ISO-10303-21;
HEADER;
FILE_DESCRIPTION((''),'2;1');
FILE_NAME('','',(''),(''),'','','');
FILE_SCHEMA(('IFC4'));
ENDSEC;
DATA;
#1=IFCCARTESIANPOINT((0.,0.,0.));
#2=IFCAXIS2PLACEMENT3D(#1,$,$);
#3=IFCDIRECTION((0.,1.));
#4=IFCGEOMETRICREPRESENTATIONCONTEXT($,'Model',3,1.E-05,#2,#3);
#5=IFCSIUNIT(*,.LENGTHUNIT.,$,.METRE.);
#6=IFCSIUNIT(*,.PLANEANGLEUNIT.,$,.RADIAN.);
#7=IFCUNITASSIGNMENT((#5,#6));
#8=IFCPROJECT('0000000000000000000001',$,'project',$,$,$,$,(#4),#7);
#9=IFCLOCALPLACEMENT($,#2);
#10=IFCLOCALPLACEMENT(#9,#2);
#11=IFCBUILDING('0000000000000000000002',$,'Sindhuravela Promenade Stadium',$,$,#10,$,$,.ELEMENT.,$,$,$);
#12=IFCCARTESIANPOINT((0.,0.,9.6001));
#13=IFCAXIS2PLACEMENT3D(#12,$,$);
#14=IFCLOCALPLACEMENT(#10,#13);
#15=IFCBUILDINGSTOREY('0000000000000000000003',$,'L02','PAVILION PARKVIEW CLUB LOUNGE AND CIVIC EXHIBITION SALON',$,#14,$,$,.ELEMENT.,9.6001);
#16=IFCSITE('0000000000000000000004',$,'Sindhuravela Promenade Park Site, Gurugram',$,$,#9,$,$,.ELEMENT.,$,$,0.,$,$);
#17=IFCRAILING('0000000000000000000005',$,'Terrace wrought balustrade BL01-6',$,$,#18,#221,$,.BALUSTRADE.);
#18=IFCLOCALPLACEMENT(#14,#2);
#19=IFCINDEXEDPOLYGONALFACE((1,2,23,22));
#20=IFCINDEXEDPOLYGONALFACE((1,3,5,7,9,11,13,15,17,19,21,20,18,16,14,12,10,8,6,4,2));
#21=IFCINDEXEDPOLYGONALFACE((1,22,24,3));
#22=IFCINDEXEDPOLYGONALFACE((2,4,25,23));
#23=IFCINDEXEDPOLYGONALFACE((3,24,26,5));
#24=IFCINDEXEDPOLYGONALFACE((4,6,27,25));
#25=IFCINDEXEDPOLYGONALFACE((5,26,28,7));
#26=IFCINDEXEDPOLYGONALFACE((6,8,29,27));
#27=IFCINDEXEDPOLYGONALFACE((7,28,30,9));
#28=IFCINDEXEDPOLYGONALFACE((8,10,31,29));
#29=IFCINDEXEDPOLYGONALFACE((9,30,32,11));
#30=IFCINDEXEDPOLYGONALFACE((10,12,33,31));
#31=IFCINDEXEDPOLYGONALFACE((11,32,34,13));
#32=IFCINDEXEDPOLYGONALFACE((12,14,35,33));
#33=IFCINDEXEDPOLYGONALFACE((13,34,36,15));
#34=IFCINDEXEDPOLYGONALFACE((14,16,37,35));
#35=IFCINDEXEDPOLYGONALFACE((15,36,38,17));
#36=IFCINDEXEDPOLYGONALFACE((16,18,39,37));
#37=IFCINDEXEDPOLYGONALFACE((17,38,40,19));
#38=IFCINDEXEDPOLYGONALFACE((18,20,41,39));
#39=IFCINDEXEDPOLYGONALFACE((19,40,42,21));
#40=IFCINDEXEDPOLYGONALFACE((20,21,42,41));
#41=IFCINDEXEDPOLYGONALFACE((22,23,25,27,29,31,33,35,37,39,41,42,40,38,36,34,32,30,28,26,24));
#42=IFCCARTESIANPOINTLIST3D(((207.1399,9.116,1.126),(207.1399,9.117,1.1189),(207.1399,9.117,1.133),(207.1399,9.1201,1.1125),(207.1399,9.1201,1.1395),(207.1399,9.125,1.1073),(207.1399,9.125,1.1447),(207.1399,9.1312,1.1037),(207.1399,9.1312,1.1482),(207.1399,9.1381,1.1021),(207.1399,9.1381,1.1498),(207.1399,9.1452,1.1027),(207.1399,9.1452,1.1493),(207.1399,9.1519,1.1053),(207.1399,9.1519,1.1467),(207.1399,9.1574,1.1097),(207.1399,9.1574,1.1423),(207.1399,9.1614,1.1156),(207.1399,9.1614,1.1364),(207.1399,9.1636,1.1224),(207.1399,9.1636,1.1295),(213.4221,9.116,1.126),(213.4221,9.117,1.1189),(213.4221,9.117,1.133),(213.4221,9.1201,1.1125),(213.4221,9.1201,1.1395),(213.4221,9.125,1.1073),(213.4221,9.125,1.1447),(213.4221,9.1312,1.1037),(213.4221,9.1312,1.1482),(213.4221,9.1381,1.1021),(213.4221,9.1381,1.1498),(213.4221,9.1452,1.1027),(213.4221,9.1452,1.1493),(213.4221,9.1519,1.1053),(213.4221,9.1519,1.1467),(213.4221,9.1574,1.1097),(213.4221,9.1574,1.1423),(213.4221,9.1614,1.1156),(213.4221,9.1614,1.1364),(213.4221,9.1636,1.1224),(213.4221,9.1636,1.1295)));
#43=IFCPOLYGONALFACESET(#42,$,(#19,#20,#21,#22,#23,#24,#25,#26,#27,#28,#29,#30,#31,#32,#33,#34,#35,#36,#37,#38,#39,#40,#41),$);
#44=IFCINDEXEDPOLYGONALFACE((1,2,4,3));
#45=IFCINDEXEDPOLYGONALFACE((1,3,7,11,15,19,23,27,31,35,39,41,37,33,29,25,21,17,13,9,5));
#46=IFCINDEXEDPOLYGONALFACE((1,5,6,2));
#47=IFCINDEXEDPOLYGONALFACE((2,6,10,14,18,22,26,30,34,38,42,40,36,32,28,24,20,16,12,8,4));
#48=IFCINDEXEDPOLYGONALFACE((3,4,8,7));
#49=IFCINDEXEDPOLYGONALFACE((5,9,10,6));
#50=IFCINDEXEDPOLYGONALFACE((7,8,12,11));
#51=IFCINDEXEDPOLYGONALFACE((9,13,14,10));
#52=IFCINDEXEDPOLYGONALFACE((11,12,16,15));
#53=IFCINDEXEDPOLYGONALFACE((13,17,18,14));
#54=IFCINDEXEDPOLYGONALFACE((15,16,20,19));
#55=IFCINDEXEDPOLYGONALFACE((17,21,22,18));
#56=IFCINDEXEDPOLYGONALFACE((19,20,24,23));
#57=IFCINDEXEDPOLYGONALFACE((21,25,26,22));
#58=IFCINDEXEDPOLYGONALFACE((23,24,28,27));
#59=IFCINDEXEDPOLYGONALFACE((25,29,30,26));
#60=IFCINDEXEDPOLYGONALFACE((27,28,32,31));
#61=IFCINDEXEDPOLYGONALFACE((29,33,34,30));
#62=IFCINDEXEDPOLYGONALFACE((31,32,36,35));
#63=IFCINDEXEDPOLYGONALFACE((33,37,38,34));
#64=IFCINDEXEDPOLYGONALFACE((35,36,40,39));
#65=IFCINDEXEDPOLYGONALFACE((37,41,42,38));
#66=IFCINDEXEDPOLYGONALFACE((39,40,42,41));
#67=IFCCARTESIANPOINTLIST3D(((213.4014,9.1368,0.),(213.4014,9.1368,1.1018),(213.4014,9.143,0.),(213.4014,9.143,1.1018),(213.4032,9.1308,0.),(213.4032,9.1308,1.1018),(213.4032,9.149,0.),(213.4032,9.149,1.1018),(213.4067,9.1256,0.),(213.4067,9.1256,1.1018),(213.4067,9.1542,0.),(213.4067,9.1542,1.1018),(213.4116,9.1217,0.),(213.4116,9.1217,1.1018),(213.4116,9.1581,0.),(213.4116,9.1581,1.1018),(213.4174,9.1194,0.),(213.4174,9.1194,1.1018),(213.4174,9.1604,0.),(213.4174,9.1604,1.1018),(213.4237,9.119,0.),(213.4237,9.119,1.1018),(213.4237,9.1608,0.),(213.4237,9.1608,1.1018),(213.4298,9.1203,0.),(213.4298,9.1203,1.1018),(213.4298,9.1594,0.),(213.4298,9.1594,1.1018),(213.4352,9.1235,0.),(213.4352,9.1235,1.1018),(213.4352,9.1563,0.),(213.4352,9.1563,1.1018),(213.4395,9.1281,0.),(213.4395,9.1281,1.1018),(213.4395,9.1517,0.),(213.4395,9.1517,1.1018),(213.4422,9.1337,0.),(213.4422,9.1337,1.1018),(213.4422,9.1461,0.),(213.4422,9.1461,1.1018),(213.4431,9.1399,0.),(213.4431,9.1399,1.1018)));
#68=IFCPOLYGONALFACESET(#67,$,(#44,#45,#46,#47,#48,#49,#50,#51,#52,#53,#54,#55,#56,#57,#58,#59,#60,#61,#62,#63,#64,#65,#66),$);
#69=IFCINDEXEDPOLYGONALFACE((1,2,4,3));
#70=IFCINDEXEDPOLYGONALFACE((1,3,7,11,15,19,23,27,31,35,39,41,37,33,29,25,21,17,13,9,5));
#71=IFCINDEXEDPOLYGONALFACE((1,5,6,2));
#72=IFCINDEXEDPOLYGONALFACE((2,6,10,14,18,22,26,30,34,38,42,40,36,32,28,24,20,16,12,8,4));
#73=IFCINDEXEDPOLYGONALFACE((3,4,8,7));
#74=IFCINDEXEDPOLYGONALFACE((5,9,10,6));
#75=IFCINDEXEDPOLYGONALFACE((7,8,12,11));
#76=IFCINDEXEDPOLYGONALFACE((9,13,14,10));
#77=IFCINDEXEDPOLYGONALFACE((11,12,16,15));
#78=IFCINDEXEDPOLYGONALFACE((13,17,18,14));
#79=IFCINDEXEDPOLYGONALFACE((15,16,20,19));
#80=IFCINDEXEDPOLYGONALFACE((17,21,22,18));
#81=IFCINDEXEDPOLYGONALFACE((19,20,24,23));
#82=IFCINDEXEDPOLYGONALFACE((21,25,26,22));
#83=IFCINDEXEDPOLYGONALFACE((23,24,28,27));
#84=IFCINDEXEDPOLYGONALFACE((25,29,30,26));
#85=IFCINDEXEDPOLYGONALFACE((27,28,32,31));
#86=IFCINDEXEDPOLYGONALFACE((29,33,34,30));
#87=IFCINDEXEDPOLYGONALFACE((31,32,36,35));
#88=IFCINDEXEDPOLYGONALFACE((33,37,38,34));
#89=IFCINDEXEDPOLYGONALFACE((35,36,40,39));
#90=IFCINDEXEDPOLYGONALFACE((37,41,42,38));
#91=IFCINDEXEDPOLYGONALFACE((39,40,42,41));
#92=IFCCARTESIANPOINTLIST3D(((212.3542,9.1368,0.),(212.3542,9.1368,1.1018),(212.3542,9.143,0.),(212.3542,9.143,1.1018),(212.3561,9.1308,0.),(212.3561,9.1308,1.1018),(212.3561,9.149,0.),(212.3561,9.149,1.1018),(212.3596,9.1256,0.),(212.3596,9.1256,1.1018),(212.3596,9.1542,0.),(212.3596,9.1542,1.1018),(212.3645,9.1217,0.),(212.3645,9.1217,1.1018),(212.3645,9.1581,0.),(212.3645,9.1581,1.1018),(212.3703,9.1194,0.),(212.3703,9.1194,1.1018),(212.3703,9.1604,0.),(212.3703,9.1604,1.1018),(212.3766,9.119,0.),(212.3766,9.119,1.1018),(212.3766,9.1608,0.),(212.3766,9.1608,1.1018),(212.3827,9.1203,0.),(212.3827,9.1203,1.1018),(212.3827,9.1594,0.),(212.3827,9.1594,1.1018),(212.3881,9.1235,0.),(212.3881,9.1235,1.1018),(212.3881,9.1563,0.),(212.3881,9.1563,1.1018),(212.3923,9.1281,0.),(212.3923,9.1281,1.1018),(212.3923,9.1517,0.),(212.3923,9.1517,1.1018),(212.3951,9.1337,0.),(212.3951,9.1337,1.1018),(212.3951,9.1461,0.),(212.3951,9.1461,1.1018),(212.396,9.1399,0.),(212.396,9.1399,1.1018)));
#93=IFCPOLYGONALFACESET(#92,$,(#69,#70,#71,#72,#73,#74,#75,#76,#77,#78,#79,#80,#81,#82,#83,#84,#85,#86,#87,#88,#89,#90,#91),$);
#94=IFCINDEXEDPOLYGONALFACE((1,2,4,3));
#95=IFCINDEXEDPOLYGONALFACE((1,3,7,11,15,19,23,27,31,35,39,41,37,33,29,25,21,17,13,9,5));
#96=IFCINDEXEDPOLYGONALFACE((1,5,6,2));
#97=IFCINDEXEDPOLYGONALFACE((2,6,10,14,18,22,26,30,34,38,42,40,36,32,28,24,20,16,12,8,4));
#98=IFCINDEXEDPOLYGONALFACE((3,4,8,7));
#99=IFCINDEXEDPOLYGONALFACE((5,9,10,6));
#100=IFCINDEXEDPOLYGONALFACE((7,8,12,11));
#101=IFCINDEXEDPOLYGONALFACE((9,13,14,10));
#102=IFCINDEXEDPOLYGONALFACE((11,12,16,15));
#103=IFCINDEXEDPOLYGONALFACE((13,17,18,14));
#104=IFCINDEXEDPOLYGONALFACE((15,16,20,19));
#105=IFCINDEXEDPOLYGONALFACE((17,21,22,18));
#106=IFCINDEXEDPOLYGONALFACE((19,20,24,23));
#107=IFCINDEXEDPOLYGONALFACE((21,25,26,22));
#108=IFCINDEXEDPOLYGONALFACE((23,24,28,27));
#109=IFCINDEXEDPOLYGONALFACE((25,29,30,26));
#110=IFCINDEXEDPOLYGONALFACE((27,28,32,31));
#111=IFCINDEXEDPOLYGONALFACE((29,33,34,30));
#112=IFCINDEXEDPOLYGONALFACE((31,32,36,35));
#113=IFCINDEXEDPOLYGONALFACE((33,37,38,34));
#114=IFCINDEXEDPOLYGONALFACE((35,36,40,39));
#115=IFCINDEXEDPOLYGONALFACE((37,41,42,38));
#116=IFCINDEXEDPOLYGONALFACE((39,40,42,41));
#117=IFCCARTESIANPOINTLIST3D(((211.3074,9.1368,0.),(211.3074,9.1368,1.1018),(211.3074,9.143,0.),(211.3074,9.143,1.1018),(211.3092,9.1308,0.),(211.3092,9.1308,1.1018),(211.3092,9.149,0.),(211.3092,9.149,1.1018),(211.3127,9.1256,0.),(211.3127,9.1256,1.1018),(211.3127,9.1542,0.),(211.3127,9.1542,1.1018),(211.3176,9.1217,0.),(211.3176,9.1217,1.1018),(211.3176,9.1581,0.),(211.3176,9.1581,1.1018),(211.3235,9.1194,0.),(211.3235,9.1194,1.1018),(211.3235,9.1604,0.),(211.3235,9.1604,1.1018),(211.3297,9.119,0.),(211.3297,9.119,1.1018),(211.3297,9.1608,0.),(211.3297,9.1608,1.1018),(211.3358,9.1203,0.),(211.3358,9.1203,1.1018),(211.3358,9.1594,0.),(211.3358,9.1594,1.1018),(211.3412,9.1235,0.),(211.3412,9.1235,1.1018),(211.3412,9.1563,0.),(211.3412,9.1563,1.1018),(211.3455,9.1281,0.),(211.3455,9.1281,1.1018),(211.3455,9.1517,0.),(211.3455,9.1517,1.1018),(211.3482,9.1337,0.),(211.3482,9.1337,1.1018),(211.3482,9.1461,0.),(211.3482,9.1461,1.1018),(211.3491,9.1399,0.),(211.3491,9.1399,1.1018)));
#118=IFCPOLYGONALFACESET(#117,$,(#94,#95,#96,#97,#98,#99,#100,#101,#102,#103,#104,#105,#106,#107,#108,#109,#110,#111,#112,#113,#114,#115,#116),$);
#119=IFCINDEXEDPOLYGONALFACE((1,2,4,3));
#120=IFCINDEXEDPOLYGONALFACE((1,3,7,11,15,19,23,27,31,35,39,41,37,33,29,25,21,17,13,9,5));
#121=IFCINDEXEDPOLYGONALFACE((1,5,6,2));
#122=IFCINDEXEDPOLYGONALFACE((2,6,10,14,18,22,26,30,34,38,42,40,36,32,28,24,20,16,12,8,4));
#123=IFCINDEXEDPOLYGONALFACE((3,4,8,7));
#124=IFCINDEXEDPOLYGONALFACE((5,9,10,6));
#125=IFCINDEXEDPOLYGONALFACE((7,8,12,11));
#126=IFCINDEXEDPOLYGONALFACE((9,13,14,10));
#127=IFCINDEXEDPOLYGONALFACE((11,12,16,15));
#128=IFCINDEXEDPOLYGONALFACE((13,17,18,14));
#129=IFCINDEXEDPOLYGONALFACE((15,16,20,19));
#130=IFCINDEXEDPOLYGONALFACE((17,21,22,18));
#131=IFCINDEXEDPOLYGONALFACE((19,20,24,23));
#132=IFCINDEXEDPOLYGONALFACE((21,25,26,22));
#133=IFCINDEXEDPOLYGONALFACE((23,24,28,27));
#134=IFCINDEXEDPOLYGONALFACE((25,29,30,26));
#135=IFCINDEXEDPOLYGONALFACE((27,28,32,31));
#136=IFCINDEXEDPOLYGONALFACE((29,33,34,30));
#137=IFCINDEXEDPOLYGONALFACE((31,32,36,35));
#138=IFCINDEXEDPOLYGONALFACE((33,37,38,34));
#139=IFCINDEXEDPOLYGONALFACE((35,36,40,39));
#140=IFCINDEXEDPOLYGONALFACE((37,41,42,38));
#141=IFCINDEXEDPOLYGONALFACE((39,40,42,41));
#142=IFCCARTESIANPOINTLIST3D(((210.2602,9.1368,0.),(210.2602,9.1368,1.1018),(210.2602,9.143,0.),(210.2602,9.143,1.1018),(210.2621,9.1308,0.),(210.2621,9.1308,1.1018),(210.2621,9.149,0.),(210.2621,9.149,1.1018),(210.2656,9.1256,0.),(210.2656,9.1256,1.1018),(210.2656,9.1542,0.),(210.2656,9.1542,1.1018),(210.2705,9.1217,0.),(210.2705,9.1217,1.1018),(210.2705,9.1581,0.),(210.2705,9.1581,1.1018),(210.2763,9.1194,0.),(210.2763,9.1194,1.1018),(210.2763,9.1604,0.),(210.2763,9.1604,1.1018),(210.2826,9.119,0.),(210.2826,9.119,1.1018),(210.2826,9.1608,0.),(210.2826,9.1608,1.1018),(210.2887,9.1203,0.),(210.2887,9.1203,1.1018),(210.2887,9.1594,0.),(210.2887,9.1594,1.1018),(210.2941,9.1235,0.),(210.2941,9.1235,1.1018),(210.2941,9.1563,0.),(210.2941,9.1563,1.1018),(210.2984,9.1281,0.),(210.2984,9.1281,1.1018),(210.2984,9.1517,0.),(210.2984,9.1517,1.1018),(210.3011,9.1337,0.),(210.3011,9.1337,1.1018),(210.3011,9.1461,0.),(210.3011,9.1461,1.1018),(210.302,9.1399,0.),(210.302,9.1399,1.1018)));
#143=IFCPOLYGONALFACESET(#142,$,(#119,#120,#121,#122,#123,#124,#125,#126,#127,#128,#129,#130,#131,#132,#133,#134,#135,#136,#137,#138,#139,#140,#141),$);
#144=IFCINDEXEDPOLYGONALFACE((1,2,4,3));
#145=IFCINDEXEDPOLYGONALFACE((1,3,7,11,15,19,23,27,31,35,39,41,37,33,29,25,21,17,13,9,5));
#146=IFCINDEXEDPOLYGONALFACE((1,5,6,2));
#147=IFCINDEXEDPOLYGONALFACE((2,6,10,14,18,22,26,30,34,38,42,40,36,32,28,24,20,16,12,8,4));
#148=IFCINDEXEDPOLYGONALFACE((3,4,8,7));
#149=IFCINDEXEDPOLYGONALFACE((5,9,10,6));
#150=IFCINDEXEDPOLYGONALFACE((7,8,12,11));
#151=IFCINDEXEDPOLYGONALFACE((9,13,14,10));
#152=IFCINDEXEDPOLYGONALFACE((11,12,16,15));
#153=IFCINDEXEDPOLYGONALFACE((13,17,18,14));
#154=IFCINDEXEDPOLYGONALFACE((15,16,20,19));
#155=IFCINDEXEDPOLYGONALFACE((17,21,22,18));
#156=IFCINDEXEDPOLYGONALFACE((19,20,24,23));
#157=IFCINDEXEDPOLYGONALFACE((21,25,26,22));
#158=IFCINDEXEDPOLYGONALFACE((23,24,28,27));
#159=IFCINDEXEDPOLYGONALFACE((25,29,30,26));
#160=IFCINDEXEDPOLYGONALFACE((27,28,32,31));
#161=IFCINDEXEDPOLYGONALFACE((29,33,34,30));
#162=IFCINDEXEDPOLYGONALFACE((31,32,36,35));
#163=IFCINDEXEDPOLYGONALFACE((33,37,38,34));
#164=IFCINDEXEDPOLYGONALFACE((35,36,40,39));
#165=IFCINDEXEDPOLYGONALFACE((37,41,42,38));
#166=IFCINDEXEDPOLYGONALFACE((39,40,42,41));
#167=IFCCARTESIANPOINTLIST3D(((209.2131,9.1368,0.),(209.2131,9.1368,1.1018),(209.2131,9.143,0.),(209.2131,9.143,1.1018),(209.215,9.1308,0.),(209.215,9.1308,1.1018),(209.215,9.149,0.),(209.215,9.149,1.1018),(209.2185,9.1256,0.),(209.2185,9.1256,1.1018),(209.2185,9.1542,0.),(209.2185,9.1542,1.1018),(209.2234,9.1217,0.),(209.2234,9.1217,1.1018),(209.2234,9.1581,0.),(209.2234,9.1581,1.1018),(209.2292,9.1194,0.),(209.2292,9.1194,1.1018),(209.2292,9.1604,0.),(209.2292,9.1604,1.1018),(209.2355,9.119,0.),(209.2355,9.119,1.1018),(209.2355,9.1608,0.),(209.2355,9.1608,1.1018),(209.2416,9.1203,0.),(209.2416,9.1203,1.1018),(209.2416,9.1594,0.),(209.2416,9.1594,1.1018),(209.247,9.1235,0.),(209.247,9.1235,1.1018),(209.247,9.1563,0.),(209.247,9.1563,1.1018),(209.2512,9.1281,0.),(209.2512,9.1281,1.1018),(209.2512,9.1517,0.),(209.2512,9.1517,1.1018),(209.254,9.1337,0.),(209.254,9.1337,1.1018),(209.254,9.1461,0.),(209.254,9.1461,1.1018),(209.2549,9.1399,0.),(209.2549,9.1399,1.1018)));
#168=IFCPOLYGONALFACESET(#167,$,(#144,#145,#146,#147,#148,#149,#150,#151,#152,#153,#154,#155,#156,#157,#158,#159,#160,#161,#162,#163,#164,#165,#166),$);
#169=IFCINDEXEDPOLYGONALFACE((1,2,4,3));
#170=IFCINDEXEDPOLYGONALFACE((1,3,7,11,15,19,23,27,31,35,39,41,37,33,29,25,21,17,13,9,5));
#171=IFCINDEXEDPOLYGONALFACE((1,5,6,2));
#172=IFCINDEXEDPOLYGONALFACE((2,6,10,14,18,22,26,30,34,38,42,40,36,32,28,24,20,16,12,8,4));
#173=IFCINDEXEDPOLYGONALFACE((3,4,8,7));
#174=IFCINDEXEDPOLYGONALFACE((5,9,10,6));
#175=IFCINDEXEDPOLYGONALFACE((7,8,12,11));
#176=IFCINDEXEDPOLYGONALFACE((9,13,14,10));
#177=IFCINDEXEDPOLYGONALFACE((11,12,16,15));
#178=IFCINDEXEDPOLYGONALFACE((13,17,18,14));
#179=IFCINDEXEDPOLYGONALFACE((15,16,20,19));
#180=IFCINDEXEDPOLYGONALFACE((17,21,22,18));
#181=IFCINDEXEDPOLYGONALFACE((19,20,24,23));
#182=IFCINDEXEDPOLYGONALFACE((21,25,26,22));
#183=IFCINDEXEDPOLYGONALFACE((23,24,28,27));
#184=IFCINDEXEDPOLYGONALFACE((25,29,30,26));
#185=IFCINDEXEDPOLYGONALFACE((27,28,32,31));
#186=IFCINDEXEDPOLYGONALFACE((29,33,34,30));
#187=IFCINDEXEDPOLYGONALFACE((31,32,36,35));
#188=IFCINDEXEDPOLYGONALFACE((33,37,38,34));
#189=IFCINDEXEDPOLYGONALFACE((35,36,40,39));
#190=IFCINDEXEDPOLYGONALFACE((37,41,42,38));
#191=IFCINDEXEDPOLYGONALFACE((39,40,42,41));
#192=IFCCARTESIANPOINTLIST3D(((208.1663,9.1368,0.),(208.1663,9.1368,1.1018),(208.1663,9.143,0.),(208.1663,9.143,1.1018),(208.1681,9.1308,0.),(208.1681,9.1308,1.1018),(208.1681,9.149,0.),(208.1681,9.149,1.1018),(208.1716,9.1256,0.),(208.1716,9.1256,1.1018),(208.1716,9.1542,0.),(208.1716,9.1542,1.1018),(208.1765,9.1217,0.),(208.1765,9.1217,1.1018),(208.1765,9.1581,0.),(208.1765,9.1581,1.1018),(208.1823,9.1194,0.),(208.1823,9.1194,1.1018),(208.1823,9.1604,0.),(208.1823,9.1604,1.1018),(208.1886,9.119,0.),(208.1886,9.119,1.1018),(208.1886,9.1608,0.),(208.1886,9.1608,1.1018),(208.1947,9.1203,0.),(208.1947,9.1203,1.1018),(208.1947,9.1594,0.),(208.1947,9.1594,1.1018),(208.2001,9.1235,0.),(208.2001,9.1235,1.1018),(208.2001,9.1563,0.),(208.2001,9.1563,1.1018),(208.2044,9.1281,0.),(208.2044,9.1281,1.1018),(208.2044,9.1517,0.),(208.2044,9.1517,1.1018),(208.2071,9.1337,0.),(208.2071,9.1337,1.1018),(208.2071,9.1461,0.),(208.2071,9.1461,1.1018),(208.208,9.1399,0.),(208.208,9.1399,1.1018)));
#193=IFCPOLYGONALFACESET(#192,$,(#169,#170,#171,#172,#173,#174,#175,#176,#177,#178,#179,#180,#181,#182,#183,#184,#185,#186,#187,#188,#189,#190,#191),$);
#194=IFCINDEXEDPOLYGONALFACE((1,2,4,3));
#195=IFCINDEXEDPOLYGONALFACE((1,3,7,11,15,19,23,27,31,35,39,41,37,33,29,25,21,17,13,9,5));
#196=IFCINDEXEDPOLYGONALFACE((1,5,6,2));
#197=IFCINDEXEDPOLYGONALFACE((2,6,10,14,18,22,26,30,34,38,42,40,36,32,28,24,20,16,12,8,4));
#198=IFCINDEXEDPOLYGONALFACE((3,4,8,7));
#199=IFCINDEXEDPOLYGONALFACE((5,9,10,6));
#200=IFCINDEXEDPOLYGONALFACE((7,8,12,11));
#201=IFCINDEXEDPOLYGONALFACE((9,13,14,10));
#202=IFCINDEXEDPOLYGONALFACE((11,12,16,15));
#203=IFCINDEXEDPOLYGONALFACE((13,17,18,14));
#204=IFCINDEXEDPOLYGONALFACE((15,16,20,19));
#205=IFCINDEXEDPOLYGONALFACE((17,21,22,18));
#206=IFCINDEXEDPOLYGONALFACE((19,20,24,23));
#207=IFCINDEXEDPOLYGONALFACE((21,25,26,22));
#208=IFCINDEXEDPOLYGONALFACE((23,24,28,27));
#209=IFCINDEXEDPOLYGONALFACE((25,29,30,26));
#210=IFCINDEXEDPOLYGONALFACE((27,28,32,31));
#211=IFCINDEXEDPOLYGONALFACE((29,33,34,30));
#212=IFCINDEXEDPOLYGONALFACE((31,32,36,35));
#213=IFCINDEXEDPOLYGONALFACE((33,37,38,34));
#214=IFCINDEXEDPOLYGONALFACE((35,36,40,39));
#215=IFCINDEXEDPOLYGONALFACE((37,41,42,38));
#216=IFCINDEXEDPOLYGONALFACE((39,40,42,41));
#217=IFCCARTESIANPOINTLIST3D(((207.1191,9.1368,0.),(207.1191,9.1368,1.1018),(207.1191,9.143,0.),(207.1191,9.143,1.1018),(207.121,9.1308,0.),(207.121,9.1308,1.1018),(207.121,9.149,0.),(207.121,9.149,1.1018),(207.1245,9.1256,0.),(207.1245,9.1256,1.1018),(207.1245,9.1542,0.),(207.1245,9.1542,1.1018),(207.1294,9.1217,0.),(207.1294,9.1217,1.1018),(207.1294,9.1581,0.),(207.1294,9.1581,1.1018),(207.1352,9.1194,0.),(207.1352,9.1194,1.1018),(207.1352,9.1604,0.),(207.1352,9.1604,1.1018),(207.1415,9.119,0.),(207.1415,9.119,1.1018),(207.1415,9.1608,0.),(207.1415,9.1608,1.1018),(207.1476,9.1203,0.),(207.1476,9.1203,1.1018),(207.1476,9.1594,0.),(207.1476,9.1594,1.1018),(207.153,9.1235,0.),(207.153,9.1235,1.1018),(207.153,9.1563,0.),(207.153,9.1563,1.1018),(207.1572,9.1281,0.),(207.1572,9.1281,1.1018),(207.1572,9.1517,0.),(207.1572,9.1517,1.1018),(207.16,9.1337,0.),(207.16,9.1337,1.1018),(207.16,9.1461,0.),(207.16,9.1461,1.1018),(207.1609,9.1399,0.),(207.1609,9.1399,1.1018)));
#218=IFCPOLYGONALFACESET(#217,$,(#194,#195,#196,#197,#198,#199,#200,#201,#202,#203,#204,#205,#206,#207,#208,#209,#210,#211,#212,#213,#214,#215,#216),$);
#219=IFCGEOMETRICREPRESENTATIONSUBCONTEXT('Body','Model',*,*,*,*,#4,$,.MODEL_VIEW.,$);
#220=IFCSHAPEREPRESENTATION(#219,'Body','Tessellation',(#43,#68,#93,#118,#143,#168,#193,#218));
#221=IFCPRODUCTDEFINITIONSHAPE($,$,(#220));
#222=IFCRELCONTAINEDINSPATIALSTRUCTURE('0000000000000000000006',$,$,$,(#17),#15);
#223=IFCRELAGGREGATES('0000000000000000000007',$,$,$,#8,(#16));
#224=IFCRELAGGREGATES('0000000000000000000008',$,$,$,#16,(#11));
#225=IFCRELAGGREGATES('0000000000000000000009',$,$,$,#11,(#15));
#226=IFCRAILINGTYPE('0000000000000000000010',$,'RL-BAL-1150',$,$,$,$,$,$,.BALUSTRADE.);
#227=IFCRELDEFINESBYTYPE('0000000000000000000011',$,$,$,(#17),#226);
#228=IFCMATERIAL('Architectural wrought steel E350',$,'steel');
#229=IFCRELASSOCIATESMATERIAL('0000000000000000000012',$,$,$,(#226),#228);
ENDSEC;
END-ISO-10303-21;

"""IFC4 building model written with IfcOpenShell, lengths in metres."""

from ifc_helpers import new_model, si_unit, direction, frame, origin, origin_2d, place, context, subcontext, project, spatial, circle, extrude, material, type_object, element, save


model = new_model("IFC4")

# Units and contexts
model_context = context("Model", 3, precision=1e-05, world=origin(), true_north=direction((0.0, 1.0)))
body_context = subcontext(model_context, "Body", "Model", "MODEL_VIEW")
ifc_project = project(units=[si_unit("LENGTHUNIT", "METRE"), si_unit("PLANEANGLEUNIT", "RADIAN")], contexts=[model_context])

# Site, building, storey
site_placement = place(None, origin())
site = spatial("IfcSite", under=ifc_project, at=site_placement, Name="Sindhuravela Promenade Park Site, Gurugram", CompositionType="ELEMENT", RefElevation=0.0)
building_placement = place(site_placement, origin())
building = spatial("IfcBuilding", under=site, at=building_placement, Name="Sindhuravela Promenade Stadium", CompositionType="ELEMENT")
storey_placement = place(building_placement, frame((0.0, 0.0, 9.6001)))
storey = spatial("IfcBuildingStorey", under=building, at=storey_placement, Name="L02", Description="PAVILION PARKVIEW CLUB LOUNGE AND CIVIC EXHIBITION SALON", CompositionType="ELEMENT", Elevation=9.6001)

# Railing
ifc_material_1 = material(Name="Architectural wrought steel E350", Category="steel")
railing_type = type_object("IfcRailingType", Name="RL-BAL-1150", PredefinedType="BALUSTRADE", material=ifc_material_1)
railing_1_placement = place(storey_placement, frame((213.4221, 9.1399, 0.0)))
element("IfcRailing", 1, at=railing_1_placement, inside=storey, type_object=railing_type, Name="Terrace wrought balustrade BL01-6", PredefinedType="BALUSTRADE", context=body_context, shape_type="SweptSolid", body=[
    extrude(circle(Radius=0.0239, at=origin_2d()), frame((0.0, 0.0, 1.126), z_axis=(-1.0, 0.0, 0.0), x_axis=(0.0, -1.0, 0.0)), (0.0, 0.0, 1.0), 6.2822),
    extrude(circle(Radius=0.021, at=origin_2d()), origin(), (0.0, 0.0, 1.0), 1.1018),
    extrude(circle(Radius=0.021, at=origin_2d()), frame((-1.0471, 0.0, 0.0)), (0.0, 0.0, 1.0), 1.1018),
    extrude(circle(Radius=0.021, at=origin_2d()), frame((-2.094, 0.0, 0.0)), (0.0, 0.0, 1.0), 1.1018),
    extrude(circle(Radius=0.021, at=origin_2d()), frame((-3.1411, 0.0, 0.0)), (0.0, 0.0, 1.0), 1.1018),
    extrude(circle(Radius=0.021, at=origin_2d()), frame((-4.1882, 0.0, 0.0)), (0.0, 0.0, 1.0), 1.1018),
    extrude(circle(Radius=0.021, at=origin_2d()), frame((-5.2351, 0.0, 0.0)), (0.0, 0.0, 1.0), 1.1018),
    extrude(circle(Radius=0.021, at=origin_2d()), frame((-6.2822, 0.0, 0.0)), (0.0, 0.0, 1.0), 1.1018),
])

save(model, "model.ifc")
